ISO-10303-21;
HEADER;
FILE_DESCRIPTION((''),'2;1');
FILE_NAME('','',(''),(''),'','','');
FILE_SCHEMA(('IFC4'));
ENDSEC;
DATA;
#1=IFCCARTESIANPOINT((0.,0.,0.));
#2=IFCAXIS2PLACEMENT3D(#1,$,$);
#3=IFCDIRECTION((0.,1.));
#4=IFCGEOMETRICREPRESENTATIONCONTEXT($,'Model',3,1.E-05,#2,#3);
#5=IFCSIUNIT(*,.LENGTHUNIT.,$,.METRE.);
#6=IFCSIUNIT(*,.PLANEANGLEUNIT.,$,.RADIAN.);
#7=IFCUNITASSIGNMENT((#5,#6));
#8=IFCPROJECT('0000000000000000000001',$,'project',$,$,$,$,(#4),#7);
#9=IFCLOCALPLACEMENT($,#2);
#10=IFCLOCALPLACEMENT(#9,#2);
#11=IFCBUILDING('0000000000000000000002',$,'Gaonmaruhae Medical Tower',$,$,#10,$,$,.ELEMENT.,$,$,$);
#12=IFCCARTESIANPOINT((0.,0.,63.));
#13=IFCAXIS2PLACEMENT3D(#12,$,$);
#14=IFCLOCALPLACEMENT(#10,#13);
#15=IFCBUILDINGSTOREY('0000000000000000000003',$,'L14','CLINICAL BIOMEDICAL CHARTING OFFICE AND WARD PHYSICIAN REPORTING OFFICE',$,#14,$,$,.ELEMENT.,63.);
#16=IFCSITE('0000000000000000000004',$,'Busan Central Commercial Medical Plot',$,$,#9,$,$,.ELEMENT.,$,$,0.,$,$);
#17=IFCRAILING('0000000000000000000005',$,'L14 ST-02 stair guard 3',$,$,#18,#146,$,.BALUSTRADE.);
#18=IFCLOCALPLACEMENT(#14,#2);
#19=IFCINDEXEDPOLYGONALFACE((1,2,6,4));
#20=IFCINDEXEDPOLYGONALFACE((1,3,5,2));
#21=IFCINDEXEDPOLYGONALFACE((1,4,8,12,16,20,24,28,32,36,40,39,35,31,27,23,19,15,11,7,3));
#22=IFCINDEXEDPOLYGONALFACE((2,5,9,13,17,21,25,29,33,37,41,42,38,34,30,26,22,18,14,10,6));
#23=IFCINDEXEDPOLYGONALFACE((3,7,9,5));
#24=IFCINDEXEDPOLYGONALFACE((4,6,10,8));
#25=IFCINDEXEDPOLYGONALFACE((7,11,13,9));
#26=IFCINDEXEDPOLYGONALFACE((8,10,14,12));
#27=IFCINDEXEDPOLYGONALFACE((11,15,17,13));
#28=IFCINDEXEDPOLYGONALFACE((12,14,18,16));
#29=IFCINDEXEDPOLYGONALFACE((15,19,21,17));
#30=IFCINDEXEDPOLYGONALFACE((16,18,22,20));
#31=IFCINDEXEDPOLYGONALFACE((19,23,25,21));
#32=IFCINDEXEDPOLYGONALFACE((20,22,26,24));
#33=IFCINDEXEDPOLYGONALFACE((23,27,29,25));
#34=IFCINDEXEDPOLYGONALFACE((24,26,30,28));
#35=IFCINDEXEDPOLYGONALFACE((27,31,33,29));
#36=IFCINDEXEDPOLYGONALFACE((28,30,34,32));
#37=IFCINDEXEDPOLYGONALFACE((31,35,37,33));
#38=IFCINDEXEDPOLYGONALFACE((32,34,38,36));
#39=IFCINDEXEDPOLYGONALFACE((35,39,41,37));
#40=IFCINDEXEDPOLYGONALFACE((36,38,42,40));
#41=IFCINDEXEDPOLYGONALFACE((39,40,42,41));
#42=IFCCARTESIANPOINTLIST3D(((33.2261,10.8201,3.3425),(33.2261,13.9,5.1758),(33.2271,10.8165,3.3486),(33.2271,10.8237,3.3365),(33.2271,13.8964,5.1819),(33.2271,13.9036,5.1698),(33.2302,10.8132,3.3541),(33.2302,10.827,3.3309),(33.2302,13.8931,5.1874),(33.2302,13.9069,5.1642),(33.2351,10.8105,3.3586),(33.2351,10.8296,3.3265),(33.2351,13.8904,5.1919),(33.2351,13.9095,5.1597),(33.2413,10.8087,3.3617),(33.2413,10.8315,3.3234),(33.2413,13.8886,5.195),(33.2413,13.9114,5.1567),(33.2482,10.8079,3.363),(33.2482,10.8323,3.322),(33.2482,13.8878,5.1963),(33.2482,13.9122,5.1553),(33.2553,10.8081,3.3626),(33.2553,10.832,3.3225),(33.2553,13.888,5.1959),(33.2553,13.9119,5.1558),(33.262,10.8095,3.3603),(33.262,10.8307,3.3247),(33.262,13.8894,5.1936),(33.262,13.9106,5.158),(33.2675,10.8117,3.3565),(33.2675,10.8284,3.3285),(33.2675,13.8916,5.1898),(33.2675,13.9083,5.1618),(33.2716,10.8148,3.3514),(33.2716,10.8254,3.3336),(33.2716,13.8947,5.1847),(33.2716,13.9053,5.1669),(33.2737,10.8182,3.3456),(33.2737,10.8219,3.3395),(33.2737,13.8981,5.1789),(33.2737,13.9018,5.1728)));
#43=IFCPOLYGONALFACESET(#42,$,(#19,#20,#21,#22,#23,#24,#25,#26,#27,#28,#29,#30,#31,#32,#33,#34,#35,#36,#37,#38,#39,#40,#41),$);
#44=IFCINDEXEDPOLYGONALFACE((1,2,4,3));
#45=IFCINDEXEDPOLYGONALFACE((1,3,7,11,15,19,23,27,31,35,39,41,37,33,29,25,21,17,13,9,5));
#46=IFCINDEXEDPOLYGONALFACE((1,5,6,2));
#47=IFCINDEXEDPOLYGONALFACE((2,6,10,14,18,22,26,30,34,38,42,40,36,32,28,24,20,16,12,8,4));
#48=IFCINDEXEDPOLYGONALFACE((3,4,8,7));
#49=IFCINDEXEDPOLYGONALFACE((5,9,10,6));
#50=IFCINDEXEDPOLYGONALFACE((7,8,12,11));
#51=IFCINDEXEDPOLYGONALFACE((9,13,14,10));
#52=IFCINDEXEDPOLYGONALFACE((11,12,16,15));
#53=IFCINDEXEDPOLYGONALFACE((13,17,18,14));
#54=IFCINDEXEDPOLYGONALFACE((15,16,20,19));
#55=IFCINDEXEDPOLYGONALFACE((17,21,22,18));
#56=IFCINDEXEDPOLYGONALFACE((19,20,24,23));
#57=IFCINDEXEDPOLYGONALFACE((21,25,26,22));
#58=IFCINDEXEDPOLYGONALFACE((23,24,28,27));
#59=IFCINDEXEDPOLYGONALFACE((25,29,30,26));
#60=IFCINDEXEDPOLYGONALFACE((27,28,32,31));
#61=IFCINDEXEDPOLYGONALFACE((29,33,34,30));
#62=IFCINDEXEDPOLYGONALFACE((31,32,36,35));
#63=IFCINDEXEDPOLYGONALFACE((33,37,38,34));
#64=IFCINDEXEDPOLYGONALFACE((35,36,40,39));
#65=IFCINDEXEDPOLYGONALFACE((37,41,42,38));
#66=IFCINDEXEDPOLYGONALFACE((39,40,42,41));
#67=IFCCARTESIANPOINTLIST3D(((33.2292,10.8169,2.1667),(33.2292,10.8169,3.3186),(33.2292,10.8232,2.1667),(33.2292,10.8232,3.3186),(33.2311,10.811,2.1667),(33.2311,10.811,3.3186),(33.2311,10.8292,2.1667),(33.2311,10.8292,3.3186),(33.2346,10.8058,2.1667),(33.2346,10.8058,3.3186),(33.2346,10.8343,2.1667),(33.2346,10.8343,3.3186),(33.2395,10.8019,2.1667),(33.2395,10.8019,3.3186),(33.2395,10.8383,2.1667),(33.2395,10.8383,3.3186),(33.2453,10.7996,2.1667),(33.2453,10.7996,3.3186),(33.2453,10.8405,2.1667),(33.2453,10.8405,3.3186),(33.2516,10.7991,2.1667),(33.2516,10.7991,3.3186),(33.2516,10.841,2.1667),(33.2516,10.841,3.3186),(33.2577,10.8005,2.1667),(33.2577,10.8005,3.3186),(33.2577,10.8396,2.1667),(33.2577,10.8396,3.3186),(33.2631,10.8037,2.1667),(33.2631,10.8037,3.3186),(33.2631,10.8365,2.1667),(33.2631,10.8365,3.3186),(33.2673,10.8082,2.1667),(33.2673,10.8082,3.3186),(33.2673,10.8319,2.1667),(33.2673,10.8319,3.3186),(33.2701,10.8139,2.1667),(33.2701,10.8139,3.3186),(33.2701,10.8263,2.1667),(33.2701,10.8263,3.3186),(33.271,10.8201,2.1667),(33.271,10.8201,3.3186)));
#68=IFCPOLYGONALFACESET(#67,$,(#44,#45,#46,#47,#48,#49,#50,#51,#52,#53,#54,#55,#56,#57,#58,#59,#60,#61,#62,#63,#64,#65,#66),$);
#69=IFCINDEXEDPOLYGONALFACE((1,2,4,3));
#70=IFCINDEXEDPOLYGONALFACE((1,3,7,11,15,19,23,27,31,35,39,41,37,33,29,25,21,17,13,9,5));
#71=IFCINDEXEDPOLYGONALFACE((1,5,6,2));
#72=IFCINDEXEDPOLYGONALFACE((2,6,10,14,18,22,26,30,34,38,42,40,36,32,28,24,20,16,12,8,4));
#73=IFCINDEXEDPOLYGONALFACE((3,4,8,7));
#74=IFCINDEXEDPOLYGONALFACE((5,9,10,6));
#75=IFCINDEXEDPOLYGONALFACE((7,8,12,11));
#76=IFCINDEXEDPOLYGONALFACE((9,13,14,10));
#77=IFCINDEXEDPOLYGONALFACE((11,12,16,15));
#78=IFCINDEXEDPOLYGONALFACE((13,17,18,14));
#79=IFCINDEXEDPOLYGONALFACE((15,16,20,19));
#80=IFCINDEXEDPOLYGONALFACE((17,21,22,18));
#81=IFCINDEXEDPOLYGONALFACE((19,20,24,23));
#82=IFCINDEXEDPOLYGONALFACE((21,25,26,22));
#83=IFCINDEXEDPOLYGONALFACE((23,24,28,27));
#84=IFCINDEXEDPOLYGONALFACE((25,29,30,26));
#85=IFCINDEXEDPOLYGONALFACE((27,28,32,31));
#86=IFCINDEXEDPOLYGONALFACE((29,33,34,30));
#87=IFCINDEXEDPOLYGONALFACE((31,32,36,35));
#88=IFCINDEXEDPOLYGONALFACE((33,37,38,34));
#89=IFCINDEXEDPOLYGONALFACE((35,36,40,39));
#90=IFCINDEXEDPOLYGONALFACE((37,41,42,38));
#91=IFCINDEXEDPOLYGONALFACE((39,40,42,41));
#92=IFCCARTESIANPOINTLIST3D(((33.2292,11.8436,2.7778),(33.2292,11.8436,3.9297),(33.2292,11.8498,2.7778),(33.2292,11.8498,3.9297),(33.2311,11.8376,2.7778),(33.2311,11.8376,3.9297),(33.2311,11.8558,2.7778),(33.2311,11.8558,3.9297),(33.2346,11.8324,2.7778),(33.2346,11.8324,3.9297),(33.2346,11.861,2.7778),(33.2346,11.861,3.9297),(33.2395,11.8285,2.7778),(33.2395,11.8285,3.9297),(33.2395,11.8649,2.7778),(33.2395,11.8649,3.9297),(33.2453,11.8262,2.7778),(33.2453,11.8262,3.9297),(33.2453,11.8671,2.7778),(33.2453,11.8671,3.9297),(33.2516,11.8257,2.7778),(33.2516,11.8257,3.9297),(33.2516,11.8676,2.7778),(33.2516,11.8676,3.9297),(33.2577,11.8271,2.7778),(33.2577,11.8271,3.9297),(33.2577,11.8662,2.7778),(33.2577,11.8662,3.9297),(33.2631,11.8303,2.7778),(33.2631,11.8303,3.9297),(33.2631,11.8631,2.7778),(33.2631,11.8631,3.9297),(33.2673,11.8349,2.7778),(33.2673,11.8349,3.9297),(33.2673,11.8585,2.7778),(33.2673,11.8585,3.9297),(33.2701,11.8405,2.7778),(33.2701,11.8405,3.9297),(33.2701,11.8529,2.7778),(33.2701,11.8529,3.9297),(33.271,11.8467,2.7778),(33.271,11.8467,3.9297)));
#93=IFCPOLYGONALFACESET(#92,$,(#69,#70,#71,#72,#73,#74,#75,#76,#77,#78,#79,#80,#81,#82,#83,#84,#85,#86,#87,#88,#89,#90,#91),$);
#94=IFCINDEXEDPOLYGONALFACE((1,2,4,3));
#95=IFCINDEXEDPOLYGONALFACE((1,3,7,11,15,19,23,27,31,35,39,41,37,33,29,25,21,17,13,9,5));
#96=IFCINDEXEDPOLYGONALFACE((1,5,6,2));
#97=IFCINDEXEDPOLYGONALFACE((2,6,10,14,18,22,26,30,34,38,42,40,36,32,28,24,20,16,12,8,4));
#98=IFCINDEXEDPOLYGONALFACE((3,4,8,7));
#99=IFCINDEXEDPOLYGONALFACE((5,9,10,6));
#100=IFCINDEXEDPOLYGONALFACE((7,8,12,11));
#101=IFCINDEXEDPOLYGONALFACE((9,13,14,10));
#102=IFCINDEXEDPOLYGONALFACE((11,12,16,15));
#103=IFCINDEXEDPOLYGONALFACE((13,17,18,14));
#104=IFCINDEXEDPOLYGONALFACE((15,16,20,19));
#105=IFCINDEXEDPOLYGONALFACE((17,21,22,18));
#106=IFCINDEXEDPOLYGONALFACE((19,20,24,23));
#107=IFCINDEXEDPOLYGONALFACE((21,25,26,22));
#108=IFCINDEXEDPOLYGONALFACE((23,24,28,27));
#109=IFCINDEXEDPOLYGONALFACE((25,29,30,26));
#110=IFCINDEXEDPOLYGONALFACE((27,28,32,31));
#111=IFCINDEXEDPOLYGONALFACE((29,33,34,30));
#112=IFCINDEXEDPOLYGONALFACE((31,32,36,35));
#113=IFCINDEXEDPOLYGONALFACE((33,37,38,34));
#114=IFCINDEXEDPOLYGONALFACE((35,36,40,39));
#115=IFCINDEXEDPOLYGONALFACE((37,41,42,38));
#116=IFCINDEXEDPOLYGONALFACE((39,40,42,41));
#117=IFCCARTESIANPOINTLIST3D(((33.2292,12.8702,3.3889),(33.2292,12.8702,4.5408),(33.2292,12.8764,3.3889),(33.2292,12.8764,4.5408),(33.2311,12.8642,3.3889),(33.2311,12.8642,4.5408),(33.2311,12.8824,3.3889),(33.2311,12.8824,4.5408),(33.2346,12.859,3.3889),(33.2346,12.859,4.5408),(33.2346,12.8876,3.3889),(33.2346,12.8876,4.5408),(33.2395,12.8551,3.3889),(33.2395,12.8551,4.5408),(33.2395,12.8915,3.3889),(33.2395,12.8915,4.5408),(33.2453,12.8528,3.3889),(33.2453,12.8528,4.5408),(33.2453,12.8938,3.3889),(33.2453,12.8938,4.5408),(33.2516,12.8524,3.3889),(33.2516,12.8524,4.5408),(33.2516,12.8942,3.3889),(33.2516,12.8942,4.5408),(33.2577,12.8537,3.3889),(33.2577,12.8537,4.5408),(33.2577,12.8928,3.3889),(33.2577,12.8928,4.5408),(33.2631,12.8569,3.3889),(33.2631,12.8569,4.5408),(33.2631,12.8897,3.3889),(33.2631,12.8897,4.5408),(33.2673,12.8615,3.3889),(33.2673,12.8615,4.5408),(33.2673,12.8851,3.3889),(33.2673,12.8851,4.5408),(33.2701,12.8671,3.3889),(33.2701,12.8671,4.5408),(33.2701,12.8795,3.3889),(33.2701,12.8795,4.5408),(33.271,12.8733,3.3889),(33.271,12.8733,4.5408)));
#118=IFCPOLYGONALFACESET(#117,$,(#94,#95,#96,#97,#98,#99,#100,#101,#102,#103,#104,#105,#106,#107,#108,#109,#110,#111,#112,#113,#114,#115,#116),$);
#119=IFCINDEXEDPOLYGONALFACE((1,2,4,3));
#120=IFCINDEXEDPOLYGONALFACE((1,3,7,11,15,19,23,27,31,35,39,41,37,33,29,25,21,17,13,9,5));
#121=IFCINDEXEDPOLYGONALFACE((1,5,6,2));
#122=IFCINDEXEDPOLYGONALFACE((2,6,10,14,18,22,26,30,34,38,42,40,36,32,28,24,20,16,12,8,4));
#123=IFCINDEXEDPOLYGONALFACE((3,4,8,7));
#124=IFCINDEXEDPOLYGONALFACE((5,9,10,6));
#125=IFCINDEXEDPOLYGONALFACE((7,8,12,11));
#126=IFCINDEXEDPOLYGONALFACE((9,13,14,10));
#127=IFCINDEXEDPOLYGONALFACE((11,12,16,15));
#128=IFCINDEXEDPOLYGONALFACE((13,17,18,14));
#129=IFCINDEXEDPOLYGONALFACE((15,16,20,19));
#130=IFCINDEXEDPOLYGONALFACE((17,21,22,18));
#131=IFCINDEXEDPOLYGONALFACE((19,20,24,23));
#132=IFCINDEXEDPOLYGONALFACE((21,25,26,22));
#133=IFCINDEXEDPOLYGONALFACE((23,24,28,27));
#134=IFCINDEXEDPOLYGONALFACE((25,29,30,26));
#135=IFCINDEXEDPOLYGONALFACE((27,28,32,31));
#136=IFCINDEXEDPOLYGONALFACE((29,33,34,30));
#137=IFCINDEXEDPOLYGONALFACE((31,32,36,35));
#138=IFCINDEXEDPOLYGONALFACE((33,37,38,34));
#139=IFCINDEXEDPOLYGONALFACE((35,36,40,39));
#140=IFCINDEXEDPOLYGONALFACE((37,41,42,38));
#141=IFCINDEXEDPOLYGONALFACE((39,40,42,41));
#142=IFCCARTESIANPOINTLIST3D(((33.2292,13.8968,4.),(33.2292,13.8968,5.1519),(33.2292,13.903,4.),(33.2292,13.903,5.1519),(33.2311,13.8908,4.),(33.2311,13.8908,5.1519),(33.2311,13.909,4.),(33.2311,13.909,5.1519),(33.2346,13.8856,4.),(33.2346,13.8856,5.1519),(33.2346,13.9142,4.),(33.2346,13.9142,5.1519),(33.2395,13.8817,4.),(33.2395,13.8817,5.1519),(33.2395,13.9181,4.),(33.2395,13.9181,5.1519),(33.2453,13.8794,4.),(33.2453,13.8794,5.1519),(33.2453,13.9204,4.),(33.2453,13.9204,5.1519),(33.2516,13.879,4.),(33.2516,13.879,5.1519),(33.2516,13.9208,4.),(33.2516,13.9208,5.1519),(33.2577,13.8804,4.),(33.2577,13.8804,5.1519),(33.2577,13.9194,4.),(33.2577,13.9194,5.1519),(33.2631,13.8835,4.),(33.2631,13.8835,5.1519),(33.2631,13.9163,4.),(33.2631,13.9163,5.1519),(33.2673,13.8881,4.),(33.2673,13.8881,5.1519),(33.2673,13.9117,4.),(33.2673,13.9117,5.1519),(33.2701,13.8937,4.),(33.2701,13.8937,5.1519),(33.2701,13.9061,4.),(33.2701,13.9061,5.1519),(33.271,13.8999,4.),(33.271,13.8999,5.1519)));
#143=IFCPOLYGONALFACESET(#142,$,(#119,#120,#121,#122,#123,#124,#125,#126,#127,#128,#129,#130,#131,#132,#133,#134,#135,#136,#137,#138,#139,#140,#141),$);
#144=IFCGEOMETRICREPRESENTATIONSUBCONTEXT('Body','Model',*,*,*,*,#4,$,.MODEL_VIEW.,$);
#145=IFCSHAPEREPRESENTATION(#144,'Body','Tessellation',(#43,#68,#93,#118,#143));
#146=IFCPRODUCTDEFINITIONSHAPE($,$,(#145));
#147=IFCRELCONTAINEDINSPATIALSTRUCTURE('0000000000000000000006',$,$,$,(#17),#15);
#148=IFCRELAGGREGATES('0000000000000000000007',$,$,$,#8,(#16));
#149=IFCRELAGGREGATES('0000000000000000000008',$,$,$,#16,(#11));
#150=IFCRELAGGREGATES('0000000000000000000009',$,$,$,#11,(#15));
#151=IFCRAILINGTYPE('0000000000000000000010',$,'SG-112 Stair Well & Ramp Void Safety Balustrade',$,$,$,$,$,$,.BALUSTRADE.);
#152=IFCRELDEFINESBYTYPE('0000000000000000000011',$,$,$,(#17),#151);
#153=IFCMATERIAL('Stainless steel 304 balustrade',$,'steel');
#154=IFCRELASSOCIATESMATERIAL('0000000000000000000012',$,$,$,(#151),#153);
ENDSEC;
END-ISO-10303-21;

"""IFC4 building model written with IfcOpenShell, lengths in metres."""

from ifc_helpers import new_model, si_unit, direction, frame, origin, origin_2d, place, context, subcontext, project, spatial, circle, extrude, material, type_object, element, save


model = new_model("IFC4")

# Units and contexts
model_context = context("Model", 3, precision=1e-05, world=origin(), true_north=direction((0.0, 1.0)))
body_context = subcontext(model_context, "Body", "Model", "MODEL_VIEW")
ifc_project = project(units=[si_unit("LENGTHUNIT", "METRE"), si_unit("PLANEANGLEUNIT", "RADIAN")], contexts=[model_context])

# Site, building, storey
site_placement = place(None, origin())
site = spatial("IfcSite", under=ifc_project, at=site_placement, Name="Busan Central Commercial Medical Plot", CompositionType="ELEMENT", RefElevation=0.0)
building_placement = place(site_placement, origin())
building = spatial("IfcBuilding", under=site, at=building_placement, Name="Gaonmaruhae Medical Tower", CompositionType="ELEMENT")
storey_placement = place(building_placement, frame((0.0, 0.0, 63.0)))
storey = spatial("IfcBuildingStorey", under=building, at=storey_placement, Name="L14", Description="CLINICAL BIOMEDICAL CHARTING OFFICE AND WARD PHYSICIAN REPORTING OFFICE", CompositionType="ELEMENT", Elevation=63.0)

# Railing
ifc_material_1 = material(Name="Stainless steel 304 balustrade", Category="steel")
railing_type_1 = type_object("IfcRailingType", Name="SG-112 Stair Well & Ramp Void Safety Balustrade", PredefinedType="BALUSTRADE", material=ifc_material_1)
railing_1_placement = place(storey_placement, frame((33.25, 10.8201, 2.1667)))
element("IfcRailing", 1, at=railing_1_placement, inside=storey, type_object=railing_type_1, Name="L14 ST-02 stair guard 3", PredefinedType="BALUSTRADE", context=body_context, shape_type="SweptSolid", body=[
    extrude(circle(Radius=0.0239, at=origin_2d()), frame((0.0, 0.0, 1.1758), z_axis=(0.0, 0.859291, 0.511487), x_axis=(-1.0, 0.0, 0.0)), (0.0, 0.0, 1.0), 3.5842),
    extrude(circle(Radius=0.021, at=origin_2d()), origin(), (0.0, 0.0, 1.0), 1.1519),
    extrude(circle(Radius=0.021, at=origin_2d()), frame((0.0, 1.0266, 0.6111)), (0.0, 0.0, 1.0), 1.1519),
    extrude(circle(Radius=0.021, at=origin_2d()), frame((0.0, 2.0532, 1.2222)), (0.0, 0.0, 1.0), 1.1519),
    extrude(circle(Radius=0.021, at=origin_2d()), frame((0.0, 3.0798, 1.8333)), (0.0, 0.0, 1.0), 1.1519),
])

save(model, "model.ifc")
